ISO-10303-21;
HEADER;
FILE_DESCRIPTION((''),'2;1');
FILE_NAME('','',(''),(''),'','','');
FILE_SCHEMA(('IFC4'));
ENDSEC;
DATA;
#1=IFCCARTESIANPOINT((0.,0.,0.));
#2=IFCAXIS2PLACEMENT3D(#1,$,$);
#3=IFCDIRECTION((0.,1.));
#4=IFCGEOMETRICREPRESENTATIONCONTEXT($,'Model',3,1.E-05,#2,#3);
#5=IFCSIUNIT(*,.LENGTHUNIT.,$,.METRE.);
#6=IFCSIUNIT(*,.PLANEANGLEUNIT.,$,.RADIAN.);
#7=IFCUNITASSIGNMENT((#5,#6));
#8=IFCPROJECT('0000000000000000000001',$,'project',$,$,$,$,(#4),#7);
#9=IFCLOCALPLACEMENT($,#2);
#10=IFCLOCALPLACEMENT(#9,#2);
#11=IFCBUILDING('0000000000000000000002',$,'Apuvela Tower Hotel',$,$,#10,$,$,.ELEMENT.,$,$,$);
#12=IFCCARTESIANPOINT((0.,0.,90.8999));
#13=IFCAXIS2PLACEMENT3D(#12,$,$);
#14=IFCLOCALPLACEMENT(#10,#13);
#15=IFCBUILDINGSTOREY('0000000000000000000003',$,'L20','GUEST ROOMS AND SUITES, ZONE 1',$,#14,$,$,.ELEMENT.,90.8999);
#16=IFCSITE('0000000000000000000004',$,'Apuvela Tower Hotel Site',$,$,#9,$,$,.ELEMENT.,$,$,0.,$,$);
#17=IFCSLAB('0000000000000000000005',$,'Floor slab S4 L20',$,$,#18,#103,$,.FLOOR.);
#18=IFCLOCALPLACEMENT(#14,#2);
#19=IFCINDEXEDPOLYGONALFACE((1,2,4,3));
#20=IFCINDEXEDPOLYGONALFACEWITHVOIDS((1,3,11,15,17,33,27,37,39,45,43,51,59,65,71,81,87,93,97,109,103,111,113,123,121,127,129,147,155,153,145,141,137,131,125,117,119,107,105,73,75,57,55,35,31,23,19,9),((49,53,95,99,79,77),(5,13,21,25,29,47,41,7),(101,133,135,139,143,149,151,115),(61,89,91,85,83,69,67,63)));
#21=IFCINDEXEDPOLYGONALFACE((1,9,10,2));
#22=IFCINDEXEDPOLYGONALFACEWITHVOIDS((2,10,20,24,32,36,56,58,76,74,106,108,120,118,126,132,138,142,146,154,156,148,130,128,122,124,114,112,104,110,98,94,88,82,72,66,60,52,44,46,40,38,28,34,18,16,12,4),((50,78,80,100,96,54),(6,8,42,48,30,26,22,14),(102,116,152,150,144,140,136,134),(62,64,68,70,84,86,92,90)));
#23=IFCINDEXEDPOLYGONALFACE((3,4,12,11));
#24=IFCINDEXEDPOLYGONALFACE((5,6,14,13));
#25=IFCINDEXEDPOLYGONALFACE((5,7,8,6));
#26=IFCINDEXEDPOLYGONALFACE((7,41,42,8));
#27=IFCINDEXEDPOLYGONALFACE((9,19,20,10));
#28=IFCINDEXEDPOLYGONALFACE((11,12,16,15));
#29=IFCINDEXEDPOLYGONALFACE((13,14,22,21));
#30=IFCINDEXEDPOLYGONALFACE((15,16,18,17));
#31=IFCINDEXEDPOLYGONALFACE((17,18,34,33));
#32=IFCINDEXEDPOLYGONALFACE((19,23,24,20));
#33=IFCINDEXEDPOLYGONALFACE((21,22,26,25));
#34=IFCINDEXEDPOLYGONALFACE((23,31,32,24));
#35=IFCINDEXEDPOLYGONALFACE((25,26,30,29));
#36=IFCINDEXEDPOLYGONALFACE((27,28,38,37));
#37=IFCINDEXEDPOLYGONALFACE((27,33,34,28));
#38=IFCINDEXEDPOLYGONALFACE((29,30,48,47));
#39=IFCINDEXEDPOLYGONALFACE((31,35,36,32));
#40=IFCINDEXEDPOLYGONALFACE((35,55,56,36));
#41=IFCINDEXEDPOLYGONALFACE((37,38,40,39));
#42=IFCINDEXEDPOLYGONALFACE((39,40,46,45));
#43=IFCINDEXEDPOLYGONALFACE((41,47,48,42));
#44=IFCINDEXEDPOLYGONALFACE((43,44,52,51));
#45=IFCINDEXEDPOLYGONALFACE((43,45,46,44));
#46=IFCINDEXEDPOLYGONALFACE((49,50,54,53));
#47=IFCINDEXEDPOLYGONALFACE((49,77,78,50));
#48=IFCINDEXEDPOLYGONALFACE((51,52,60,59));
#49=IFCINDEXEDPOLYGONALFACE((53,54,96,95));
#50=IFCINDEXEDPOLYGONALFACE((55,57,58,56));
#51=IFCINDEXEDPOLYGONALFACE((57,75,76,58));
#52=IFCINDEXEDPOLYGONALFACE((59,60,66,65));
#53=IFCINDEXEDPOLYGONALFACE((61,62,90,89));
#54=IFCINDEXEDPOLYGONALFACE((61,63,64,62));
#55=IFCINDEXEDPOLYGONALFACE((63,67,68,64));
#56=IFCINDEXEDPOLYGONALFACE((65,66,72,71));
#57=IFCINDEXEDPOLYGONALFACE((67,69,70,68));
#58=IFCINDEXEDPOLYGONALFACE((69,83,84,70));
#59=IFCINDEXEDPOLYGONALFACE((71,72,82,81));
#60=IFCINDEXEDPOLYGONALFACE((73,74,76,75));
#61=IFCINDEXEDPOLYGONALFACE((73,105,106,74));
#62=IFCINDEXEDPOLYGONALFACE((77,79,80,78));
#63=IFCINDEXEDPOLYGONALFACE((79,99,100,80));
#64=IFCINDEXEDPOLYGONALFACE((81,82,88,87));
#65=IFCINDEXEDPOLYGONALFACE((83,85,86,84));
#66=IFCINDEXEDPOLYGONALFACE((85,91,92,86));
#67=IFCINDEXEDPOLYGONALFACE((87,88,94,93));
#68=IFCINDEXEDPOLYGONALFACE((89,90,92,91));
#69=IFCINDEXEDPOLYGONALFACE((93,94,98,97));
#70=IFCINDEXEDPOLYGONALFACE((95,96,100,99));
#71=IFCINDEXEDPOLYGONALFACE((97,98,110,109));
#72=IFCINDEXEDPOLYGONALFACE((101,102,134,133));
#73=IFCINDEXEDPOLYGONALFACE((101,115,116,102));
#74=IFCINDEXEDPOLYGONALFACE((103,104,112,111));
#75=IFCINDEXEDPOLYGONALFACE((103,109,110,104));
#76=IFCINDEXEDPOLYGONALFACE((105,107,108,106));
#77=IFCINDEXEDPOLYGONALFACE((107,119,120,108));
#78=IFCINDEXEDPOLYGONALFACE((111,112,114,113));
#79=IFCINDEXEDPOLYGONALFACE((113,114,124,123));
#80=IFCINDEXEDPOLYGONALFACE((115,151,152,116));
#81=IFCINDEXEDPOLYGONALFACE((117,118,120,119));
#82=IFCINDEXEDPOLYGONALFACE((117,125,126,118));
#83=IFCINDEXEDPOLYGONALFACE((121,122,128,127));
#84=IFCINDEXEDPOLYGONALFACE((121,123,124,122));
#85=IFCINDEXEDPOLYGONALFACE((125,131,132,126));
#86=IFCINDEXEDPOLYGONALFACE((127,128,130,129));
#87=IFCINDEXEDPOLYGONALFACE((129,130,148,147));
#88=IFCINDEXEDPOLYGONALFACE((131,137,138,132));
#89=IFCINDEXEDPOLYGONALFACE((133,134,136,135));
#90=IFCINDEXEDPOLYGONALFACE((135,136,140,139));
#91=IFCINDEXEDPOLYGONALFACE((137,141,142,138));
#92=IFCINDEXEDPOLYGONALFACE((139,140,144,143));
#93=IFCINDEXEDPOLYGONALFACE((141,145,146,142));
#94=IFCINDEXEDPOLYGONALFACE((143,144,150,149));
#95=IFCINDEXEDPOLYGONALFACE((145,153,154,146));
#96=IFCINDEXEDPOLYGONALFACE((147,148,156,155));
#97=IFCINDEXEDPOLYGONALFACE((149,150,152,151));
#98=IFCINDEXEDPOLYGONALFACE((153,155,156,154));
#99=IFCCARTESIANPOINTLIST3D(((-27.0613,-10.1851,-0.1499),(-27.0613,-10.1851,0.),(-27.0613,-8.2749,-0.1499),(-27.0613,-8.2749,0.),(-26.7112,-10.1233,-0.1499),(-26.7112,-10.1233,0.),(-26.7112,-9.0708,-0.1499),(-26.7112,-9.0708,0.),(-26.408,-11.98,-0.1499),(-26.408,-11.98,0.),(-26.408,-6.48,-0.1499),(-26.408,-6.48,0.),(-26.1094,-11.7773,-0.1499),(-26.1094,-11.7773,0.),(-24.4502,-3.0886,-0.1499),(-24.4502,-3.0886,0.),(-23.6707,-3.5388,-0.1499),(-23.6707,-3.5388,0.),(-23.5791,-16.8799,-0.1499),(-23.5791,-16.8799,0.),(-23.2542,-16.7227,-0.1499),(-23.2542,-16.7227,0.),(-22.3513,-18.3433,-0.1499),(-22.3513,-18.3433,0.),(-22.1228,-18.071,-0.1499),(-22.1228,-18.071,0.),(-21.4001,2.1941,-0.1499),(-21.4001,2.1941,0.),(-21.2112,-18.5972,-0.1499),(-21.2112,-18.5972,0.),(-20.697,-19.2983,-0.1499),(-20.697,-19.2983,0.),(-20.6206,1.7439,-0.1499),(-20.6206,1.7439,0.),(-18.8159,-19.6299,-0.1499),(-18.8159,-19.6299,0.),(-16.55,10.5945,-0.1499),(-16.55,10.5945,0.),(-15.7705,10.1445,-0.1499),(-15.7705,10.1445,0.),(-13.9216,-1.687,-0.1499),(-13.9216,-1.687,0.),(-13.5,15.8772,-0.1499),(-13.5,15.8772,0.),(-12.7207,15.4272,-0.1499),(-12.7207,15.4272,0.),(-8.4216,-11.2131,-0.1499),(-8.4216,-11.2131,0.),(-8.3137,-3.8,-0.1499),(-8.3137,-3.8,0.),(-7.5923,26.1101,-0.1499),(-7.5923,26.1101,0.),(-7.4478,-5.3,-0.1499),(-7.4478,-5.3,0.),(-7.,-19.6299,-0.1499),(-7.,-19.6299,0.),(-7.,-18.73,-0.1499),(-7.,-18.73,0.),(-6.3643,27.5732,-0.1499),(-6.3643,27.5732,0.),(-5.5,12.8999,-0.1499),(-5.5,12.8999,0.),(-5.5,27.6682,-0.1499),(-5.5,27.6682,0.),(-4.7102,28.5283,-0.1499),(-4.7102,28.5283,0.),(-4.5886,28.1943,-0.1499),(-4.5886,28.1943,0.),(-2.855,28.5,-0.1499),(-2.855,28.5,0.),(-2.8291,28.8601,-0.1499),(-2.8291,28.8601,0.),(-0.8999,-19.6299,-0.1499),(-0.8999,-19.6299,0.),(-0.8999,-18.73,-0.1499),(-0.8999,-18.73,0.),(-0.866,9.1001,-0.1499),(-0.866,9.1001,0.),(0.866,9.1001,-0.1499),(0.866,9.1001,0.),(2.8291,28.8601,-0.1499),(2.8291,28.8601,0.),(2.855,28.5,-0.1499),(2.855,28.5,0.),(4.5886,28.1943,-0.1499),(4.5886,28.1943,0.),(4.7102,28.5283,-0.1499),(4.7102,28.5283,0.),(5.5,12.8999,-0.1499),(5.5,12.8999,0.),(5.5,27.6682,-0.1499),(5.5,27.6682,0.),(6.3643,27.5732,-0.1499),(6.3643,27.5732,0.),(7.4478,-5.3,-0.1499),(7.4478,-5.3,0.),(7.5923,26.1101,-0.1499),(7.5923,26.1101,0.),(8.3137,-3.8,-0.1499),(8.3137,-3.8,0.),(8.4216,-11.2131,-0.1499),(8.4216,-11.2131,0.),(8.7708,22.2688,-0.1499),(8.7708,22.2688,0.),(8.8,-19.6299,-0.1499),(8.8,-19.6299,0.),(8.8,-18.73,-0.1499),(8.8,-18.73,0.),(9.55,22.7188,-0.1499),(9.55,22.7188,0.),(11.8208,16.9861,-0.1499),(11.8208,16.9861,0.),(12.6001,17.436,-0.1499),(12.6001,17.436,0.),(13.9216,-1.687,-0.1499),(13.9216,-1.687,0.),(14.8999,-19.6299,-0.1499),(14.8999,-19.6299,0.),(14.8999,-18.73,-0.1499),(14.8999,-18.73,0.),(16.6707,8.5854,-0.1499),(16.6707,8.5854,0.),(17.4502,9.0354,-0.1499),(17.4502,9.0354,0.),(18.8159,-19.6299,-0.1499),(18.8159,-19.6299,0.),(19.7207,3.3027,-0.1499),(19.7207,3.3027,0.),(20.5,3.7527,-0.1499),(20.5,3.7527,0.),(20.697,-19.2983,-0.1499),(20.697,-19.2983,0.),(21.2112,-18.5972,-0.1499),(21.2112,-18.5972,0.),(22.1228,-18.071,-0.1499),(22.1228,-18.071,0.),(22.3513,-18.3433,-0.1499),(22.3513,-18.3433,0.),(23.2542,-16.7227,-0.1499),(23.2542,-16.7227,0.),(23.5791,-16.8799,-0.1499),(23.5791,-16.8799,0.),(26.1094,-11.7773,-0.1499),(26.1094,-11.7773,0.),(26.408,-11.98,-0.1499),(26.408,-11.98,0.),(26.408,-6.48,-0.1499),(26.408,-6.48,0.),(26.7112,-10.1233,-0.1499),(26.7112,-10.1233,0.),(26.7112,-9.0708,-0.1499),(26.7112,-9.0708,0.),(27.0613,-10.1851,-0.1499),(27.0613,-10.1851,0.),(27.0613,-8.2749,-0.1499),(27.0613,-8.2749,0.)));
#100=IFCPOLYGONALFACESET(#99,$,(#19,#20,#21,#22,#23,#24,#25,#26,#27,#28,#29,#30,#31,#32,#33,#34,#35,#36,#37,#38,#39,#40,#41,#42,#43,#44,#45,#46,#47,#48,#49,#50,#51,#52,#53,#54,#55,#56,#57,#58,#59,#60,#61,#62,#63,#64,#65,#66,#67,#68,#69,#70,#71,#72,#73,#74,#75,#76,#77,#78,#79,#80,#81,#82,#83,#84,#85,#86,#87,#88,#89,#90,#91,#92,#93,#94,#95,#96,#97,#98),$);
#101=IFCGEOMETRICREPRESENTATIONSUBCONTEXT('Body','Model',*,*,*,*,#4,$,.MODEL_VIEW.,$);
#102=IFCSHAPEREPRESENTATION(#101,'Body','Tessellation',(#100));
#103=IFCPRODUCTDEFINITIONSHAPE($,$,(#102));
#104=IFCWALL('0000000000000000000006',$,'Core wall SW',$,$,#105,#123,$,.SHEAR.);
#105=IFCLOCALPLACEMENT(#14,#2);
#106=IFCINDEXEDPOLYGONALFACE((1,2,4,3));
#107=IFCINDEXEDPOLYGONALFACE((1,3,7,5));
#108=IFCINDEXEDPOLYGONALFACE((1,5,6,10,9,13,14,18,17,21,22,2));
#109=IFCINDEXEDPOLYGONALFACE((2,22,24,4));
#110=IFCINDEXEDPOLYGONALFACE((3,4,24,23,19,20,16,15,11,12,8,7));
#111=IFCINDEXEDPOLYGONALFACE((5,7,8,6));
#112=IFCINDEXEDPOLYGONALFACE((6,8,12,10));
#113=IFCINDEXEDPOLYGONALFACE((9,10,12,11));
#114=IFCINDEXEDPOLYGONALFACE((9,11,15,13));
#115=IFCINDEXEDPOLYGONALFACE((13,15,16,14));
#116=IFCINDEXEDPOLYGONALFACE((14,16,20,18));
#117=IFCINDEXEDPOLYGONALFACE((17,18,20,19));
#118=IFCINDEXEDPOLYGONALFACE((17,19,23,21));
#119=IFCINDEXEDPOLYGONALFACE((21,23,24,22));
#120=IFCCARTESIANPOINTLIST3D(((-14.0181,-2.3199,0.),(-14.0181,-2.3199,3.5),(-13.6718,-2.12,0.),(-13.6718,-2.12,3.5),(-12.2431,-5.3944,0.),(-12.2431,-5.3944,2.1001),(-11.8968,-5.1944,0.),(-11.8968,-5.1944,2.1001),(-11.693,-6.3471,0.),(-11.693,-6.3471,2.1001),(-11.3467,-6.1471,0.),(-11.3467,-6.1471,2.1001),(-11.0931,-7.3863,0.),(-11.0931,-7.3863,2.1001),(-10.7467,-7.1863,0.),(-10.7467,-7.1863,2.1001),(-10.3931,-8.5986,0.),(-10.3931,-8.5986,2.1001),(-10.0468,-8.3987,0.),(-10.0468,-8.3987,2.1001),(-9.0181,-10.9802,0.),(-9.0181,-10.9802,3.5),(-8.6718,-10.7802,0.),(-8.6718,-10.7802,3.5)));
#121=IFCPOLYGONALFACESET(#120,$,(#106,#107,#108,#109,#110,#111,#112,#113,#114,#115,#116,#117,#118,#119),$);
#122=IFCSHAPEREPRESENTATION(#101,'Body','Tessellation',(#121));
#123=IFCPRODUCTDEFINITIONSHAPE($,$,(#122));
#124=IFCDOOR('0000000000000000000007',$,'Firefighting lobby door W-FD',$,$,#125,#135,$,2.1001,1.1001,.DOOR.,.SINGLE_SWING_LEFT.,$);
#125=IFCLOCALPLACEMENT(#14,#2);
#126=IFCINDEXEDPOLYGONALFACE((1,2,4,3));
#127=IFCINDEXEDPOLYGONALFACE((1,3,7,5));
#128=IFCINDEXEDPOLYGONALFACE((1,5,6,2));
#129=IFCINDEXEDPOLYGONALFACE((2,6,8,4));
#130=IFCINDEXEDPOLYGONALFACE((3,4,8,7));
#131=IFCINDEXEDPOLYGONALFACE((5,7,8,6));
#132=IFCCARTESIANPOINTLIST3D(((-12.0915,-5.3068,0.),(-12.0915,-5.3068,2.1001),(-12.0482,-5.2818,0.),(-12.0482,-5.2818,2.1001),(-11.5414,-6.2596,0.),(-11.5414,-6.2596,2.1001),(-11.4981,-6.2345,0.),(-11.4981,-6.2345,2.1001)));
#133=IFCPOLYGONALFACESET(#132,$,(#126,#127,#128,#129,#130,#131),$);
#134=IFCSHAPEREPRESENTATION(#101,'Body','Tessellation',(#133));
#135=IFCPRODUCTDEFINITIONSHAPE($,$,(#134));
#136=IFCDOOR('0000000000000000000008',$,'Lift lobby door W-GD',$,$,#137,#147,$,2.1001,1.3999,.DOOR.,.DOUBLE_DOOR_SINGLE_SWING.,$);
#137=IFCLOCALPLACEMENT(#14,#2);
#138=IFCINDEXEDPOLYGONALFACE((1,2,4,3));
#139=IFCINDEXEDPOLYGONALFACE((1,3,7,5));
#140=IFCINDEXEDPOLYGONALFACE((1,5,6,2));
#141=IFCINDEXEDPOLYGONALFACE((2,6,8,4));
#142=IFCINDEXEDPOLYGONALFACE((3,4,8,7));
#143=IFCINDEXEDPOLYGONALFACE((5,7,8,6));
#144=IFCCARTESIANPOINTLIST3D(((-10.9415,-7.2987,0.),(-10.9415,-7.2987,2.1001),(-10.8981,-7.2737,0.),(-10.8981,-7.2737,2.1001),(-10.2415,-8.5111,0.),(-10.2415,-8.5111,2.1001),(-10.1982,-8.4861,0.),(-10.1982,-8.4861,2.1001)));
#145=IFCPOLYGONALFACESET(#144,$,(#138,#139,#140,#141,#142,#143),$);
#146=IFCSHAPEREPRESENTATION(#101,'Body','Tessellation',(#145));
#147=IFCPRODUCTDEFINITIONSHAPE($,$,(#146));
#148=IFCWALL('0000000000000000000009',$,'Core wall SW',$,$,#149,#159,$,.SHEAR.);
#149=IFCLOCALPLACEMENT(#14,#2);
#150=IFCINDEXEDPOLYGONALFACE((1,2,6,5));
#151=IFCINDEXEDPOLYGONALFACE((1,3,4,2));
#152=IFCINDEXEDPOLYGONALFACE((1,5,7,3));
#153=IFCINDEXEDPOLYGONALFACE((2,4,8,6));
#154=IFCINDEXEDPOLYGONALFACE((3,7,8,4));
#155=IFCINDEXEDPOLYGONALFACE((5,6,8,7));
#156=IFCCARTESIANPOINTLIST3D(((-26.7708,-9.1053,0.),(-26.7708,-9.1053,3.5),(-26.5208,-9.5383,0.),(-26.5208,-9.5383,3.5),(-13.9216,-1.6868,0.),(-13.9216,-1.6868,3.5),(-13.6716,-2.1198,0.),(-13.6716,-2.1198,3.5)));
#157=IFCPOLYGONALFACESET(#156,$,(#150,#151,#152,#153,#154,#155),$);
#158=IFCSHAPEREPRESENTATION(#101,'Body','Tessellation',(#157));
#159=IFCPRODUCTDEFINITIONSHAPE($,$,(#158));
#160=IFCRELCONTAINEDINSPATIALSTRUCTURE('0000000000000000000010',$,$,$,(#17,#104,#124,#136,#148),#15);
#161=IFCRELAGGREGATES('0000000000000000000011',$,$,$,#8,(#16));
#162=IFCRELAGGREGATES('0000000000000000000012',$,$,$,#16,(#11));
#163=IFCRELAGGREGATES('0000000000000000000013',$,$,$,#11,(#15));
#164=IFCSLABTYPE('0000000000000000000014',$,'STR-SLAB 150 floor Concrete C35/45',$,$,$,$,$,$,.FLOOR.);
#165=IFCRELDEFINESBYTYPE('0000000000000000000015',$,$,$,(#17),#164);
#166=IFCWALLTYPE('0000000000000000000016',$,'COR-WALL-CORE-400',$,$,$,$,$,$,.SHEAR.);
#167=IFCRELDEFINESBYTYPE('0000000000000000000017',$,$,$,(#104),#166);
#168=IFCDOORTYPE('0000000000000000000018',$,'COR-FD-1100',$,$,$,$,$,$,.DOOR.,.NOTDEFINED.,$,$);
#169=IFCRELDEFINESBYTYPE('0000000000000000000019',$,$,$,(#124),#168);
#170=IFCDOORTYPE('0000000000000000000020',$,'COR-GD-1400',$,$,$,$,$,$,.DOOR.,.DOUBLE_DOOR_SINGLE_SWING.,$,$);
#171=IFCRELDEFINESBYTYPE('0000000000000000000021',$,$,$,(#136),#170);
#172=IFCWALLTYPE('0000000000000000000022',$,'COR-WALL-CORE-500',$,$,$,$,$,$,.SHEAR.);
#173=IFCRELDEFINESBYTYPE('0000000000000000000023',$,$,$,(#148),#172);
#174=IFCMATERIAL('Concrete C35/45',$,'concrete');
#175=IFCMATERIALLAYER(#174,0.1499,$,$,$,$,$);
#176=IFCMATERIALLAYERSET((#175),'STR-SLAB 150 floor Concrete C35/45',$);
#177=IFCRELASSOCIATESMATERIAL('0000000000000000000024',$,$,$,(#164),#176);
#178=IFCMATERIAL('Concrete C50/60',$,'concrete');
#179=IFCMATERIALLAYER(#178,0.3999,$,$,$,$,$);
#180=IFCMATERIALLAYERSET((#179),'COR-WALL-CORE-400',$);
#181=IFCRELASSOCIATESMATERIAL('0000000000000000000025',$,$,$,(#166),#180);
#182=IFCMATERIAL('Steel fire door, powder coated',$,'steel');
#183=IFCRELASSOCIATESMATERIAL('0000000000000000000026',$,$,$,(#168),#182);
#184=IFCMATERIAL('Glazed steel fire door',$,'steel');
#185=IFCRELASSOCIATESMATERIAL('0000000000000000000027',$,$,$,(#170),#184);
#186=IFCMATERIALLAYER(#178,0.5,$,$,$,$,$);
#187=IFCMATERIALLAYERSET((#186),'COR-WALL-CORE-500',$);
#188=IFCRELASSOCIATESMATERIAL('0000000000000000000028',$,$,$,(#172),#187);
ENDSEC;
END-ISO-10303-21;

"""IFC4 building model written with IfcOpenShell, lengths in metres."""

from ifc_helpers import new_model, si_unit, direction, frame, frame_2d, origin, place, context, subcontext, project, spatial, polyline, rectangle, outline, extrude, material, layer, layer_set, type_object, element, fill, save


model = new_model("IFC4")

# Units and contexts
model_context = context("Model", 3, precision=1e-05, world=origin(), true_north=direction((0.0, 1.0)))
body_context = subcontext(model_context, "Body", "Model", "MODEL_VIEW")
ifc_project = project(units=[si_unit("LENGTHUNIT", "METRE"), si_unit("PLANEANGLEUNIT", "RADIAN")], contexts=[model_context])

# Site, building, storey
site_placement = place(None, origin())
site = spatial("IfcSite", under=ifc_project, at=site_placement, Name="Apuvela Tower Hotel Site", CompositionType="ELEMENT", RefElevation=0.0)
building_placement = place(site_placement, origin())
building = spatial("IfcBuilding", under=site, at=building_placement, Name="Apuvela Tower Hotel", CompositionType="ELEMENT")
storey_placement = place(building_placement, frame((0.0, 0.0, 90.8999)))
storey = spatial("IfcBuildingStorey", under=building, at=storey_placement, Name="L20", Description="GUEST ROOMS AND SUITES, ZONE 1", CompositionType="ELEMENT", Elevation=90.8999)

# Slab
ifc_material_1 = material(Name="Concrete C50/60", Category="concrete")
ifc_material_2 = material(Name="Concrete C35/45", Category="concrete")
ifc_layer_1 = layer(ifc_material_2, 0.1499)
ifc_layer_set_1 = layer_set([ifc_layer_1], Name="STR-SLAB 150 floor Concrete C35/45")
slab_type_1 = type_object("IfcSlabType", Name="STR-SLAB 150 floor Concrete C35/45", PredefinedType="FLOOR", material=ifc_layer_set_1)
slab_1_placement = place(storey_placement, frame((0.0, 0.0, -0.1499)))
element("IfcSlab", 1, at=slab_1_placement, inside=storey, type_object=slab_type_1, Name="Floor slab S4 L20", PredefinedType="FLOOR", context=body_context, shape_type="SweptSolid", body=[
    extrude(outline(polyline([(-6.3643, 27.5732), (-4.7102, 28.5283), (-2.8291, 28.8601), (2.8291, 28.8601), (4.7102, 28.5283), (6.3643, 27.5732), (7.5923, 26.1101), (9.55, 22.7188), (8.7708, 22.2688), (11.8208, 16.9861), (12.6001, 17.436), (17.4502, 9.0354), (16.6707, 8.5854), (19.7207, 3.3027), (20.5, 3.7527), (26.408, -6.48), (27.0613, -8.2749), (27.0613, -10.1851), (26.408, -11.98), (23.5791, -16.8799), (22.3513, -18.3433), (20.697, -19.2983), (18.8159, -19.6299), (14.8999, -19.6299), (14.8999, -18.73), (8.8, -18.73), (8.8, -19.6299), (-0.8999, -19.6299), (-0.8999, -18.73), (-7.0, -18.73), (-7.0, -19.6299), (-18.8159, -19.6299), (-20.697, -19.2983), (-22.3513, -18.3433), (-23.5791, -16.8799), (-26.408, -11.98), (-27.0613, -10.1851), (-27.0613, -8.2749), (-26.408, -6.48), (-24.4502, -3.0886), (-23.6707, -3.5388), (-20.6206, 1.7439), (-21.4001, 2.1941), (-16.55, 10.5945), (-15.7705, 10.1445), (-12.7207, 15.4272), (-13.5, 15.8772), (-7.5923, 26.1101), (-6.3643, 27.5732)]), holes=[polyline([(0.866, 9.1001), (-0.866, 9.1001), (-8.3137, -3.8), (-7.4478, -5.3), (7.4478, -5.3), (8.3137, -3.8), (0.866, 9.1001)]), polyline([(-5.5, 12.8999), (-5.5, 27.6682), (-4.5886, 28.1943), (-2.855, 28.5), (2.855, 28.5), (4.5886, 28.1943), (5.5, 27.6682), (5.5, 12.8999), (-5.5, 12.8999)]), polyline([(-8.4216, -11.2131), (-21.2112, -18.5972), (-22.1228, -18.071), (-23.2542, -16.7227), (-26.1094, -11.7773), (-26.7112, -10.1233), (-26.7112, -9.0708), (-13.9216, -1.687), (-8.4216, -11.2131)]), polyline([(13.9216, -1.687), (26.7112, -9.0708), (26.7112, -10.1233), (26.1094, -11.7773), (23.2542, -16.7227), (22.1228, -18.071), (21.2112, -18.5972), (8.4216, -11.2131), (13.9216, -1.687)])]), origin(), (0.0, 0.0, 1.0), 0.1499),
])

# Wall, openings, doors
ifc_layer_2 = layer(ifc_material_1, 0.3999)
ifc_layer_set_2 = layer_set([ifc_layer_2], Name="COR-WALL-CORE-400")
wall_type_1 = type_object("IfcWallType", Name="COR-WALL-CORE-400", PredefinedType="SHEAR", material=ifc_layer_set_2)
wall_1_placement = place(storey_placement, frame((-13.845, -2.22, 0.0), z_axis=(0.0, 0.0, 1.0), x_axis=(0.500004, -0.866023, 0.0)))
wall_1 = element("IfcWall", 2, at=wall_1_placement, inside=storey, type_object=wall_type_1, Name="Core wall SW", PredefinedType="SHEAR", context=body_context, shape_type="SweptSolid", body=[
    extrude(rectangle(XDim=10.0, YDim=0.3999, at=frame_2d((5.0, 0.0))), origin(), (0.0, 0.0, 1.0), 3.5),
])
opening_1_placement = place(wall_1_placement, frame((3.55, 0.0, 0.0)))
opening_1 = element("IfcOpeningElement", 3, at=opening_1_placement, cuts=wall_1, PredefinedType="OPENING", context=body_context, shape_type="SweptSolid", body=[
    extrude(rectangle(XDim=1.1001, YDim=2.1001, at=frame_2d((0.55, 1.05))), frame((0.0, 0.21, 0.0), z_axis=(0.0, -1.0, 0.0), x_axis=(1.0, 0.0, 0.0)), (0.0, 0.0, 1.0), 0.4199),
])
opening_2_placement = place(wall_1_placement, frame((5.8501, 0.0, 0.0)))
opening_2 = element("IfcOpeningElement", 4, at=opening_2_placement, cuts=wall_1, PredefinedType="OPENING", context=body_context, shape_type="SweptSolid", body=[
    extrude(rectangle(XDim=1.3999, YDim=2.1001, at=frame_2d((0.7, 1.05))), frame((0.0, 0.21, 0.0), z_axis=(0.0, -1.0, 0.0), x_axis=(1.0, 0.0, 0.0)), (0.0, 0.0, 1.0), 0.4199),
])
ifc_material_3 = material(Name="Steel fire door, powder coated", Category="steel")
door_type_1 = type_object("IfcDoorType", Name="COR-FD-1100", OperationType="NOTDEFINED", PredefinedType="DOOR", material=ifc_material_3)
door_1_placement = place(opening_1_placement, frame((1.1001, 0.0, 0.0), z_axis=(0.0, 0.0, 1.0), x_axis=(-1.0, 0.0, 0.0)))
door_1 = element("IfcDoor", 5, at=door_1_placement, inside=storey, type_object=door_type_1, Name="Firefighting lobby door W-FD", OperationType="SINGLE_SWING_LEFT", OverallHeight=2.1001, OverallWidth=1.1001, PredefinedType="DOOR", context=body_context, shape_type="SweptSolid", body=[
    extrude(rectangle(XDim=1.1001, YDim=2.1001, at=frame_2d((0.55, 1.05))), frame((0.0, 0.0249, 0.0), z_axis=(0.0, -1.0, 0.0), x_axis=(1.0, 0.0, 0.0)), (0.0, 0.0, 1.0), 0.05),
])
fill(opening_1, door_1)
ifc_material_4 = material(Name="Glazed steel fire door", Category="steel")
door_type_2 = type_object("IfcDoorType", Name="COR-GD-1400", OperationType="DOUBLE_DOOR_SINGLE_SWING", PredefinedType="DOOR", material=ifc_material_4)
door_2_placement = place(opening_2_placement, frame((1.3999, 0.0, 0.0), z_axis=(0.0, 0.0, 1.0), x_axis=(-1.0, 0.0, 0.0)))
door_2 = element("IfcDoor", 6, at=door_2_placement, inside=storey, type_object=door_type_2, Name="Lift lobby door W-GD", OperationType="DOUBLE_DOOR_SINGLE_SWING", OverallHeight=2.1001, OverallWidth=1.3999, PredefinedType="DOOR", context=body_context, shape_type="SweptSolid", body=[
    extrude(rectangle(XDim=1.3999, YDim=2.1001, at=frame_2d((0.7, 1.05))), frame((0.0, 0.0249, 0.0), z_axis=(0.0, -1.0, 0.0), x_axis=(1.0, 0.0, 0.0)), (0.0, 0.0, 1.0), 0.05),
])
fill(opening_2, door_2)

# Wall
ifc_layer_3 = layer(ifc_material_1, 0.5)
ifc_layer_set_3 = layer_set([ifc_layer_3], Name="COR-WALL-CORE-500")
wall_type_2 = type_object("IfcWallType", Name="COR-WALL-CORE-500", PredefinedType="SHEAR", material=ifc_layer_set_3)
wall_2_placement = place(storey_placement, frame((-13.7966, -1.9033, 0.0), z_axis=(0.0, 0.0, 1.0), x_axis=(-0.866025, -0.500001, 0.0)))
element("IfcWall", 7, at=wall_2_placement, inside=storey, type_object=wall_type_2, Name="Core wall SW", PredefinedType="SHEAR", context=body_context, shape_type="SweptSolid", body=[
    extrude(rectangle(XDim=14.8369, YDim=0.5, at=frame_2d((7.4185, 0.0))), origin(), (0.0, 0.0, 1.0), 3.5),
])

save(model, "model.ifc")
